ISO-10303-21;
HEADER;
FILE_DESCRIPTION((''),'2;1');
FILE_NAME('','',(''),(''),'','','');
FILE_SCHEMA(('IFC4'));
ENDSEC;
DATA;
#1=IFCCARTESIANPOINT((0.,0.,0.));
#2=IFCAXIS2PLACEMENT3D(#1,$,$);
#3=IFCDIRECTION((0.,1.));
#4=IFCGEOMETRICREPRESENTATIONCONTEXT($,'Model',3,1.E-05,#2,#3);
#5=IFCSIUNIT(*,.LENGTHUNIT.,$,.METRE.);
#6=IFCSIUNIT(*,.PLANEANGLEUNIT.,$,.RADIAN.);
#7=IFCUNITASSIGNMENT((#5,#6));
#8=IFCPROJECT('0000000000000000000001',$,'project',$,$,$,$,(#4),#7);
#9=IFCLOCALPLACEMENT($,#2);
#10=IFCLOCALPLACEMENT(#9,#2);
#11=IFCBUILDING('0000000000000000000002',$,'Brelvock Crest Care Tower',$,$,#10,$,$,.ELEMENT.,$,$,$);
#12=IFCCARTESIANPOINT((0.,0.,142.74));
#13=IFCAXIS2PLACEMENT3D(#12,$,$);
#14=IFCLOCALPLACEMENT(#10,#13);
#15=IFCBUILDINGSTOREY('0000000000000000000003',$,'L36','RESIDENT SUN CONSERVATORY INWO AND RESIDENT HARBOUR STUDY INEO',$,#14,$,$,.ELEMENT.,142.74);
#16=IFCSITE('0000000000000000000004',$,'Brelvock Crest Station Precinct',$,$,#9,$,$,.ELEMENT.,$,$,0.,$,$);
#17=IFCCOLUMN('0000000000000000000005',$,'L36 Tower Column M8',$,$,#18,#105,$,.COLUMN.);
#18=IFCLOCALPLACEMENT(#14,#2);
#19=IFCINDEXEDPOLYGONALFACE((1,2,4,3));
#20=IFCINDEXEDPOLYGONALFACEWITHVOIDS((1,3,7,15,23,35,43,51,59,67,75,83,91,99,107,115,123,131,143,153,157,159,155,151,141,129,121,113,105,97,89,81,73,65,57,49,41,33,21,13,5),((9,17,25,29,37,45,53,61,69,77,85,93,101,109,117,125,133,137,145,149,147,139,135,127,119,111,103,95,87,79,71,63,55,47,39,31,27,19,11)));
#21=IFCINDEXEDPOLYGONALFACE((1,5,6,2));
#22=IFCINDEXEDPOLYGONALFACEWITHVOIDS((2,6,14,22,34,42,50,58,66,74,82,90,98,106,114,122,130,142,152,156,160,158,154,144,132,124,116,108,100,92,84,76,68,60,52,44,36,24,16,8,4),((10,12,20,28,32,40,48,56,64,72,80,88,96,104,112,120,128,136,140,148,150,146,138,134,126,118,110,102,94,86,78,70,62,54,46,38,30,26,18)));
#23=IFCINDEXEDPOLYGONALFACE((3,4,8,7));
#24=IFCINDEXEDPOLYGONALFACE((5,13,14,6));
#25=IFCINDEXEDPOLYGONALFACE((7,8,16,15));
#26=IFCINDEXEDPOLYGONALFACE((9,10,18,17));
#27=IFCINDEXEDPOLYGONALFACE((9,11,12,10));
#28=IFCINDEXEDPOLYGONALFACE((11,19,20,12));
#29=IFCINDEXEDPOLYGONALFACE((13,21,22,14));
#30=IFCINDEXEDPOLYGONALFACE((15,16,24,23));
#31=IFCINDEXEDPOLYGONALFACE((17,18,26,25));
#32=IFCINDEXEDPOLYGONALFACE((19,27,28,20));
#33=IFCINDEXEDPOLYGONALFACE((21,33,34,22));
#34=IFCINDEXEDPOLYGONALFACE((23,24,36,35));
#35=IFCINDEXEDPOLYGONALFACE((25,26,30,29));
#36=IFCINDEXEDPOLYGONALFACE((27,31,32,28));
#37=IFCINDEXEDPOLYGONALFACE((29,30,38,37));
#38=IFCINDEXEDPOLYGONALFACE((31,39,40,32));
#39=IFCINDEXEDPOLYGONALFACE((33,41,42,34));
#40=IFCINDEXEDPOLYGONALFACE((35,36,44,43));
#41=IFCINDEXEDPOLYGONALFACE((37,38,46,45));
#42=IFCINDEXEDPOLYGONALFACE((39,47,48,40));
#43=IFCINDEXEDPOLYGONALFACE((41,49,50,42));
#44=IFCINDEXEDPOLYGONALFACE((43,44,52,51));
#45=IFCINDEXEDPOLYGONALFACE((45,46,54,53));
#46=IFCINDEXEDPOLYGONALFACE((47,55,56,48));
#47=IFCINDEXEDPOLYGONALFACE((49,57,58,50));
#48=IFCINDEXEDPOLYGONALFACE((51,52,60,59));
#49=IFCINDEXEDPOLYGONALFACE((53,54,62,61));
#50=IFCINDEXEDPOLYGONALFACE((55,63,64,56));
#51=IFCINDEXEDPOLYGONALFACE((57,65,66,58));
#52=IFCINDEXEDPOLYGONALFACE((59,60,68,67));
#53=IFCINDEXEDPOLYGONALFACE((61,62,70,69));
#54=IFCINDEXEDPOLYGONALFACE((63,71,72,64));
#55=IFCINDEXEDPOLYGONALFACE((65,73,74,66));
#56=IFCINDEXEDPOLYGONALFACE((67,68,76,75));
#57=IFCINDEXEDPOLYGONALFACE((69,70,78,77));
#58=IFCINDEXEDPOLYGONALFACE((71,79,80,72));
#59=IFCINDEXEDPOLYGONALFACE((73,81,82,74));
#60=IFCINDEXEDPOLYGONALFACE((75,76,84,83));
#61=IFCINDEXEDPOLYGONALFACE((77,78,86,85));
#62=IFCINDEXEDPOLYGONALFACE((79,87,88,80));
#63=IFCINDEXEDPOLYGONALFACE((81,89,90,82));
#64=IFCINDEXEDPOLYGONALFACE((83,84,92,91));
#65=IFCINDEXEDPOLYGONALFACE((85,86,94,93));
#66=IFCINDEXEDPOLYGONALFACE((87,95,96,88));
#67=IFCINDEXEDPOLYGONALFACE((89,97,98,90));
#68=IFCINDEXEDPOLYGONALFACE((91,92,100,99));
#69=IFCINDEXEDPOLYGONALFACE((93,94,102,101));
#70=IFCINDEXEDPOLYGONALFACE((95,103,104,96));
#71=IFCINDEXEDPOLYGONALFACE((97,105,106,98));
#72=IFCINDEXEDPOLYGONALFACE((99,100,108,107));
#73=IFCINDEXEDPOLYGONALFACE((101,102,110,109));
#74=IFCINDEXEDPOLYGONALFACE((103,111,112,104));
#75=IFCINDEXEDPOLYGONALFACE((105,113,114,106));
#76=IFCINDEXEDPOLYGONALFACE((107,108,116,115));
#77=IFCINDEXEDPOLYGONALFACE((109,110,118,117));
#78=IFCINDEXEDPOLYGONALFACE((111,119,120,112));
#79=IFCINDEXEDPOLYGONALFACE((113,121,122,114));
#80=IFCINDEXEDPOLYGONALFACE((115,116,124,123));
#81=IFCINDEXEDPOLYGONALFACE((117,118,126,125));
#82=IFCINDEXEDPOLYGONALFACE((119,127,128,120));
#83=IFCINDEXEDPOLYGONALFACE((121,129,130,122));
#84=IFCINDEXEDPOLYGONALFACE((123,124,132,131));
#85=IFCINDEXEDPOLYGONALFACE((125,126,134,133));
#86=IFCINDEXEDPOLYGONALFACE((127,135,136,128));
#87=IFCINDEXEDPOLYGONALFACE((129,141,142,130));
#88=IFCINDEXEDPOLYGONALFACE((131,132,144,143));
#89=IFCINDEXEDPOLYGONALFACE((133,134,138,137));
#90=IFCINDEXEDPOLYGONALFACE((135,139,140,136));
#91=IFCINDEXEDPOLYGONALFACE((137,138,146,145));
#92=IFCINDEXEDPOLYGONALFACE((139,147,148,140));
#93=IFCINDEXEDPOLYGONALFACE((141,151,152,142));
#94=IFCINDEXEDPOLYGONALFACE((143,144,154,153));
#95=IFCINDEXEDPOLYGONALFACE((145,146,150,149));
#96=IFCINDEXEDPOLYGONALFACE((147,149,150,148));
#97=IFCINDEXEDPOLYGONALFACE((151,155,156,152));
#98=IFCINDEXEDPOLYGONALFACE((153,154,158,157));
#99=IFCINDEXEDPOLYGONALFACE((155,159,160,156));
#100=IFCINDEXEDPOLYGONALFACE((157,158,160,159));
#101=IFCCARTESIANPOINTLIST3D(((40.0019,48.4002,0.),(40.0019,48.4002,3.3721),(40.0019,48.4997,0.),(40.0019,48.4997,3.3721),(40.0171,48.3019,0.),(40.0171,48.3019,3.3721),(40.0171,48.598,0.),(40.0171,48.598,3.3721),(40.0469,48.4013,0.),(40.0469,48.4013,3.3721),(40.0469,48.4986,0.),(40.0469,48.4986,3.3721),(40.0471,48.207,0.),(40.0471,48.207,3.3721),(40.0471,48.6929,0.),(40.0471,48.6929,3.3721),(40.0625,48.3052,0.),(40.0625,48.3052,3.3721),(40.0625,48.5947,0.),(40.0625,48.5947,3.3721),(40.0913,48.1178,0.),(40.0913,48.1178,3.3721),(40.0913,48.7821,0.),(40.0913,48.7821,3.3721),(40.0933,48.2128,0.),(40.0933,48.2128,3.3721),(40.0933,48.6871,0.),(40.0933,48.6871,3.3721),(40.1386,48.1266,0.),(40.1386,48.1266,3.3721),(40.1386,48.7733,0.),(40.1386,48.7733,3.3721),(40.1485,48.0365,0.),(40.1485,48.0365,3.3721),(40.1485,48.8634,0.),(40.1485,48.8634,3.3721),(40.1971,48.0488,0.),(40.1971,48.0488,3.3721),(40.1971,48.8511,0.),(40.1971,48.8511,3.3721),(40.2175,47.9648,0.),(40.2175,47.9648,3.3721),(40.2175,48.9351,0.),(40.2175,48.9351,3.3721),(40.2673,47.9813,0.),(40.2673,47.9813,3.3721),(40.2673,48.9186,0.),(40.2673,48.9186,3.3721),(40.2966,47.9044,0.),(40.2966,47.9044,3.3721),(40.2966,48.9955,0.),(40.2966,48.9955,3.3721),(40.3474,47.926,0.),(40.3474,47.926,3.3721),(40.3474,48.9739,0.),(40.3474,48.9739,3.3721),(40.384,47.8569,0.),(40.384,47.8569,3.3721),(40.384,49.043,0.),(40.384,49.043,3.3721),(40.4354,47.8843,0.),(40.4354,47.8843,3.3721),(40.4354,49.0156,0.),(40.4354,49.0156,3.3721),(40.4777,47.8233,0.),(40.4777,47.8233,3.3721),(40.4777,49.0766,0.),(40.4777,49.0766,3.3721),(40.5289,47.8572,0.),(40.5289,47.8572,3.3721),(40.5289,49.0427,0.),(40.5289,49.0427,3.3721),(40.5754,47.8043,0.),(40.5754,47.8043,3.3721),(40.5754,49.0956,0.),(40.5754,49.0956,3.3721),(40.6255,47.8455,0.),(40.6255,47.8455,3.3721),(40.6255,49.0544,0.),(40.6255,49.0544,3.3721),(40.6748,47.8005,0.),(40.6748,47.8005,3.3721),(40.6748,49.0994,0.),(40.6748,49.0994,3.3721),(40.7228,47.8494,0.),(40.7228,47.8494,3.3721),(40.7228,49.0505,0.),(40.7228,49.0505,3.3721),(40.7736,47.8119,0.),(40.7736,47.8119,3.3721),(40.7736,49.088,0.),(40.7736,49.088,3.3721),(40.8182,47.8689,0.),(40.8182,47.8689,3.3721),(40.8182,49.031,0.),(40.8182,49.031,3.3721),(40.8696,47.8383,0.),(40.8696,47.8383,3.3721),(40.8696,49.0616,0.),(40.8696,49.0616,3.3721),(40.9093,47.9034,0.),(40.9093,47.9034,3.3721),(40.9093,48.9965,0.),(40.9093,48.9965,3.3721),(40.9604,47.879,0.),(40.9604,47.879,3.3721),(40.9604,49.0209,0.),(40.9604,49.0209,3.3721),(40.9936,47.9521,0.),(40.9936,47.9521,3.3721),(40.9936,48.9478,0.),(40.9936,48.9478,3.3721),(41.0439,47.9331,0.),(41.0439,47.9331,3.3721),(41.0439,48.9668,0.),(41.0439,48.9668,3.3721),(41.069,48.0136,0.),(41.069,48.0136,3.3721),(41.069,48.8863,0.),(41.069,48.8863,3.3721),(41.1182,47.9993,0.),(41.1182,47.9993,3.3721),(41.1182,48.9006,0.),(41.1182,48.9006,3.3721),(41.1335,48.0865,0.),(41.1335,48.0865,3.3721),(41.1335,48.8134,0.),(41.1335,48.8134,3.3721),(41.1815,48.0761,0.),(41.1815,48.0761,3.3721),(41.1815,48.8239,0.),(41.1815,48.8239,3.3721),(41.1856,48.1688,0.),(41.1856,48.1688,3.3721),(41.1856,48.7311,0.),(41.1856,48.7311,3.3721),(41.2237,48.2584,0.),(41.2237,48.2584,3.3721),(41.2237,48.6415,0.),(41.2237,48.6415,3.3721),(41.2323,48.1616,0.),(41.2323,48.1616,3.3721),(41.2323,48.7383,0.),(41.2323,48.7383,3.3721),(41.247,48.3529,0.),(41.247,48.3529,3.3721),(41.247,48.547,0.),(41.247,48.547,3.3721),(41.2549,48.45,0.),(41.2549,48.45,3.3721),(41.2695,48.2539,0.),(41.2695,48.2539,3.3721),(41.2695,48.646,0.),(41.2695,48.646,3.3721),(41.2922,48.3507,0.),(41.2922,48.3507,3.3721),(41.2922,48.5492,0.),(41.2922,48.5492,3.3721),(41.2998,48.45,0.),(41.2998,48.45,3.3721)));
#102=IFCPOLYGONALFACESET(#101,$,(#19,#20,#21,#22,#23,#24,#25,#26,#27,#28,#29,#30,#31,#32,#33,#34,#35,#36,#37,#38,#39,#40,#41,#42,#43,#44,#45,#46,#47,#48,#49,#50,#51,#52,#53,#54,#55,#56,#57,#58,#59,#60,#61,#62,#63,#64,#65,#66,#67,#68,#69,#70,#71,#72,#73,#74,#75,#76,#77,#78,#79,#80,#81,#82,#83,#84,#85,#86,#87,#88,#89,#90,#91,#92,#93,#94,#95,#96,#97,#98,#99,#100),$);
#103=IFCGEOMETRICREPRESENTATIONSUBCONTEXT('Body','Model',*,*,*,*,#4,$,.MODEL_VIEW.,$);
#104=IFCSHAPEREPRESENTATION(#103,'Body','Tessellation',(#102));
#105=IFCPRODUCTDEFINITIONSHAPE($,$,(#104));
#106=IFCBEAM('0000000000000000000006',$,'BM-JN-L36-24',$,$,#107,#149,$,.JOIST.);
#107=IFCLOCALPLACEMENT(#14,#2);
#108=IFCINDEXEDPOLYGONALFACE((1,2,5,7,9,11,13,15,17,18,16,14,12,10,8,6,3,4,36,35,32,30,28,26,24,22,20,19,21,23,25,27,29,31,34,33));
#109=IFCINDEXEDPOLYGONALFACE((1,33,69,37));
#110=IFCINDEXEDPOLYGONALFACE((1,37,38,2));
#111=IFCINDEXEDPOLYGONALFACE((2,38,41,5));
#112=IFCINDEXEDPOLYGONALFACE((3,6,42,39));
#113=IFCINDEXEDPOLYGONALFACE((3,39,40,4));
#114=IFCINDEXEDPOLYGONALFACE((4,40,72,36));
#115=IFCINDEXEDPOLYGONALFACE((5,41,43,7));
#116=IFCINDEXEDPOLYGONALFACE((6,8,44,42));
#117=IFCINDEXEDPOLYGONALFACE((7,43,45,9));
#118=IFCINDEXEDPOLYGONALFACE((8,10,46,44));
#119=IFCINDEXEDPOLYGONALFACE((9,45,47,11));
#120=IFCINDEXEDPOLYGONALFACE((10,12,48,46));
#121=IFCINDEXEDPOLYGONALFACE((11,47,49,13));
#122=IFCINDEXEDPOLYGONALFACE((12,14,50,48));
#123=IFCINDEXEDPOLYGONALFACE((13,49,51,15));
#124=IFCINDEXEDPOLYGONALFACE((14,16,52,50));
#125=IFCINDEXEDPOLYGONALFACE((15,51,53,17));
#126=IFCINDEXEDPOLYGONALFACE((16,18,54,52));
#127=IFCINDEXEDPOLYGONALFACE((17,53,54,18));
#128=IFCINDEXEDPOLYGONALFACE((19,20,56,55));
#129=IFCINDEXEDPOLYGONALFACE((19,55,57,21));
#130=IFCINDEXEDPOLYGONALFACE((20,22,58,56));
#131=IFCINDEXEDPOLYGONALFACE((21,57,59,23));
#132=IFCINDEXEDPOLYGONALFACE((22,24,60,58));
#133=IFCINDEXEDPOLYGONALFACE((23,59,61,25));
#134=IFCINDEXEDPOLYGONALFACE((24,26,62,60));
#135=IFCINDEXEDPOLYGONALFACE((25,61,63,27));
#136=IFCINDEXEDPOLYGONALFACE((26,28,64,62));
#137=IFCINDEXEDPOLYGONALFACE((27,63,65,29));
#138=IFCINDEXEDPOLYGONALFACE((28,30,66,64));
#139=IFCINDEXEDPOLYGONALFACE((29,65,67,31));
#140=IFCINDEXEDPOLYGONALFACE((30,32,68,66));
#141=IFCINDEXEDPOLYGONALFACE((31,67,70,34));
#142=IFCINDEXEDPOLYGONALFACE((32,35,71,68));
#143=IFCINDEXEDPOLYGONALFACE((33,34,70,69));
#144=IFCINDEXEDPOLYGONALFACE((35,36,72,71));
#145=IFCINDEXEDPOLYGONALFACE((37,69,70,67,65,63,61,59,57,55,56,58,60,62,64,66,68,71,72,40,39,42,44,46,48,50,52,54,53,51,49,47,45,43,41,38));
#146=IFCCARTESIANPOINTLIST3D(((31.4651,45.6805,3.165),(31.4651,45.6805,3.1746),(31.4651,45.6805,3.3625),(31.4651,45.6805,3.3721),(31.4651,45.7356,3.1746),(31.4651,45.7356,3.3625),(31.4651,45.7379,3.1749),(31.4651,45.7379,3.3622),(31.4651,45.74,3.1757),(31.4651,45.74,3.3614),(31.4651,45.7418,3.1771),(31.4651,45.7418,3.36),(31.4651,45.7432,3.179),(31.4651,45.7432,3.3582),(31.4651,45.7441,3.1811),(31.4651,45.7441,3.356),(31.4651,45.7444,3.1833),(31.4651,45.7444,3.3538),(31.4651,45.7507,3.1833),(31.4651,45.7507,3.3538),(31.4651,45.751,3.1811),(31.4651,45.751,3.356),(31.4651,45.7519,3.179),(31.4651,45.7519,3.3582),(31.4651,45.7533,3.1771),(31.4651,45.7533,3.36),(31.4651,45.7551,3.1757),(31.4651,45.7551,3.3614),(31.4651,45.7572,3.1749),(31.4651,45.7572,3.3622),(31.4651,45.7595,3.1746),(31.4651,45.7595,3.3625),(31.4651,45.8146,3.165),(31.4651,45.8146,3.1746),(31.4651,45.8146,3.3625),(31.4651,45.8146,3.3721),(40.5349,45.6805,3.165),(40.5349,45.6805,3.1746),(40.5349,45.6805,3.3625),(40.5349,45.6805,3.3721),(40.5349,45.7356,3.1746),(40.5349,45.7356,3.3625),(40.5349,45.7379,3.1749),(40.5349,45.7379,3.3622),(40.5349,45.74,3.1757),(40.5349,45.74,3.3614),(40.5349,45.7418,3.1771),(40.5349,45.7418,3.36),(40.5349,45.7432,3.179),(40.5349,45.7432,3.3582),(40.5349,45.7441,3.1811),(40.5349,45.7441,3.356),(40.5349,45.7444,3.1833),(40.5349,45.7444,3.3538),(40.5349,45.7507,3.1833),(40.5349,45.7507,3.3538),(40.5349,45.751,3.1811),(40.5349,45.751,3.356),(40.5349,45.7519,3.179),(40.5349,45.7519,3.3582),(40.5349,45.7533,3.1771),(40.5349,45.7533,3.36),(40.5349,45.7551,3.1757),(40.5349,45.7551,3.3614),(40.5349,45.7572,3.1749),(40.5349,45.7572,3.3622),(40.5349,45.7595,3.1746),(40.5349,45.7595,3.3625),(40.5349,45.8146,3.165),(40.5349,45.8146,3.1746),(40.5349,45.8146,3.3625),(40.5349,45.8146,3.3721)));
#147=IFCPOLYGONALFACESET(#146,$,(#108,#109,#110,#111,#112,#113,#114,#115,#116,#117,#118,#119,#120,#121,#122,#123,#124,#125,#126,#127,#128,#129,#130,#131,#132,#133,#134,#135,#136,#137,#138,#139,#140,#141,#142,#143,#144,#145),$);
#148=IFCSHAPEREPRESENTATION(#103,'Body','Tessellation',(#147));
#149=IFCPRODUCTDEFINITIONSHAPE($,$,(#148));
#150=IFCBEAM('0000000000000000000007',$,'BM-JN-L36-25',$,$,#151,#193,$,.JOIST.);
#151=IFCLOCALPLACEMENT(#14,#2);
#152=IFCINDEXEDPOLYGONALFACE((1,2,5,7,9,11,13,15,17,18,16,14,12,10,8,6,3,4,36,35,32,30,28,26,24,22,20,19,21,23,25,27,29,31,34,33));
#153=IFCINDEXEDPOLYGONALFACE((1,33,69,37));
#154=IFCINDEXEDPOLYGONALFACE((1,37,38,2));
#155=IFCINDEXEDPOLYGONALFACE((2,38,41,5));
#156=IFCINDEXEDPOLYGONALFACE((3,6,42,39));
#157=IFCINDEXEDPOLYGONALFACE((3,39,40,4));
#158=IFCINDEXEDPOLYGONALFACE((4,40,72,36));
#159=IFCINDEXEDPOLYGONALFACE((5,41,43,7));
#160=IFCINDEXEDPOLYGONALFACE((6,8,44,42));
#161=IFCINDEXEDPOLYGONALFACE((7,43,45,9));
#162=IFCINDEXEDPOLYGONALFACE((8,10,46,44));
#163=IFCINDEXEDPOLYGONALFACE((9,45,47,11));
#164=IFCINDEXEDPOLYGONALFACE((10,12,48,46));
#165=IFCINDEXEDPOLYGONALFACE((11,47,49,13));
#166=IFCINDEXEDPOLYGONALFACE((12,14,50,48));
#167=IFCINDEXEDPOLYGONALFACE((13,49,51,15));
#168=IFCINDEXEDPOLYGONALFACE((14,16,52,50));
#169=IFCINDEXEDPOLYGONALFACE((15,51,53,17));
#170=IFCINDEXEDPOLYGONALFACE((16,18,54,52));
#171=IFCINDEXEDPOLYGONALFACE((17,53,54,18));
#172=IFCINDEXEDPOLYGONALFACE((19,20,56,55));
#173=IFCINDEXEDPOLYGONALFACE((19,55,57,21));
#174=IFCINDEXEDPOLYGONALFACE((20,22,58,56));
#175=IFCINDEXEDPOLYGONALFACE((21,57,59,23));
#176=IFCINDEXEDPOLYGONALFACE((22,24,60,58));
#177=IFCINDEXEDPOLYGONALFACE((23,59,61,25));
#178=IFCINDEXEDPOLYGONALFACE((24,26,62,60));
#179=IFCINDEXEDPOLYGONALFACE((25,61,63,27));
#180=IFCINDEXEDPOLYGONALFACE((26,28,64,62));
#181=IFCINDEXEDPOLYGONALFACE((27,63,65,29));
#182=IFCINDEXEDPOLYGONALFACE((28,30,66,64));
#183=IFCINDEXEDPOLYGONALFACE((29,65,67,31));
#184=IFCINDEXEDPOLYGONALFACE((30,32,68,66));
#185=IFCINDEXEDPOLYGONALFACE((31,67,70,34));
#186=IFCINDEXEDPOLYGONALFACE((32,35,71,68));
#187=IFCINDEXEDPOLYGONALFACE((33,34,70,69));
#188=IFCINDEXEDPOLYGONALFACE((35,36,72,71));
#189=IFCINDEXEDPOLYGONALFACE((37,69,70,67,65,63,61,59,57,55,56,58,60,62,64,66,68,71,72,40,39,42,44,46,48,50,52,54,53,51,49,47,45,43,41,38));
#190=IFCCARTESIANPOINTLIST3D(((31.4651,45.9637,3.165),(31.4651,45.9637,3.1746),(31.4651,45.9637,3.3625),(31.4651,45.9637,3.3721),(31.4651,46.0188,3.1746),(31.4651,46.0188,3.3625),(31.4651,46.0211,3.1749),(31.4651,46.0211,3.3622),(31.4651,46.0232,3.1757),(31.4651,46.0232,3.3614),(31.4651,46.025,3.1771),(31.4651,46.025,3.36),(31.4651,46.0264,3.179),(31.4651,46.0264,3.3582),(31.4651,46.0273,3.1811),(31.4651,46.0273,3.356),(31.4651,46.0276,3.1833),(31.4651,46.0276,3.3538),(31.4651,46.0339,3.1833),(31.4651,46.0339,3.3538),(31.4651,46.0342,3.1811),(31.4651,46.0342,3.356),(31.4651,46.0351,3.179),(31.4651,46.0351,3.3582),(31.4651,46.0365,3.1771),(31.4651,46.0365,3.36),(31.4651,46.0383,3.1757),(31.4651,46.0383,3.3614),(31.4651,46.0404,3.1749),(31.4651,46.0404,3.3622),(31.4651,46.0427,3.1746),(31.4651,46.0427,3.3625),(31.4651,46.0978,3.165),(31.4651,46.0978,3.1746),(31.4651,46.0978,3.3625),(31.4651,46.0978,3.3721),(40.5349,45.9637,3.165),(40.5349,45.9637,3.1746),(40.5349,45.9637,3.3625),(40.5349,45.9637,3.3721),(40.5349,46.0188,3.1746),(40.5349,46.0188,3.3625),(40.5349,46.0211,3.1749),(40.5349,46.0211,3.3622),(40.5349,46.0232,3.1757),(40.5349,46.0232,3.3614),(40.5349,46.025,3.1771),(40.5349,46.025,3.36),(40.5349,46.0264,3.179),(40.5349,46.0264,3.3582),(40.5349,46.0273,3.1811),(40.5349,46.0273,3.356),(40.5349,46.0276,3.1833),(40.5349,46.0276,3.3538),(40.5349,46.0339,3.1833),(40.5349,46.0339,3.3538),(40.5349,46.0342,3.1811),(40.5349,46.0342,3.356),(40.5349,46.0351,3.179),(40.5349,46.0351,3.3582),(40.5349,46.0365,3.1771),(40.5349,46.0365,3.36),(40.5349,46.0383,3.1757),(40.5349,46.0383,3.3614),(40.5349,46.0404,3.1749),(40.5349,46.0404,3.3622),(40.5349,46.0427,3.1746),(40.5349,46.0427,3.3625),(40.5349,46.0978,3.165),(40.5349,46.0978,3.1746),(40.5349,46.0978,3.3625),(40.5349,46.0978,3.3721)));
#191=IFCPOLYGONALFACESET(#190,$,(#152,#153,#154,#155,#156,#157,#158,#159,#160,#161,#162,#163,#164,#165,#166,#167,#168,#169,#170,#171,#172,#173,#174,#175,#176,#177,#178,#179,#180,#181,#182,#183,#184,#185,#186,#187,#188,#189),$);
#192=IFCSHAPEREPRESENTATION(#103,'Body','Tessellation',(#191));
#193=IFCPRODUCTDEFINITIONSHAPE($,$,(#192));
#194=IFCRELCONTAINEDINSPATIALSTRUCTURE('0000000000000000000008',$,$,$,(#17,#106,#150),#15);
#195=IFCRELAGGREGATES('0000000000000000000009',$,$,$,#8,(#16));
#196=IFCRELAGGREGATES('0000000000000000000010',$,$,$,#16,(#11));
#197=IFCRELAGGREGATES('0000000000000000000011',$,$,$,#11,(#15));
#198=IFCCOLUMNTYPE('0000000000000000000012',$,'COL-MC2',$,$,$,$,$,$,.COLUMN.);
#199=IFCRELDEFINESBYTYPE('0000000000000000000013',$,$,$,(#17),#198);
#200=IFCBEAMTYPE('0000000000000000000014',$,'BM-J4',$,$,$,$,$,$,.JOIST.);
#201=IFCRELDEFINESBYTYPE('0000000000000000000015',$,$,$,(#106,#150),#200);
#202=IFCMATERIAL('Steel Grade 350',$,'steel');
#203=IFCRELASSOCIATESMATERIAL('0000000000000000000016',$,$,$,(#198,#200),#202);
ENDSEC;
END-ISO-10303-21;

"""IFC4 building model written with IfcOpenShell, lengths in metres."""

from ifc_helpers import new_model, si_unit, direction, frame, origin, origin_2d, place, context, subcontext, project, spatial, hollow_circle, i_section, extrude, source, transform, mapped, material, material_profile, profile_set, type_object, element, save


model = new_model("IFC4")

# Units and contexts
model_context = context("Model", 3, precision=1e-05, world=origin(), true_north=direction((0.0, 1.0)))
body_context = subcontext(model_context, "Body", "Model", "MODEL_VIEW")
ifc_project = project(units=[si_unit("LENGTHUNIT", "METRE"), si_unit("PLANEANGLEUNIT", "RADIAN")], contexts=[model_context])

# Site, building, storey
site_placement = place(None, origin())
site = spatial("IfcSite", under=ifc_project, at=site_placement, Name="Brelvock Crest Station Precinct", CompositionType="ELEMENT", RefElevation=0.0)
building_placement = place(site_placement, origin())
building = spatial("IfcBuilding", under=site, at=building_placement, Name="Brelvock Crest Care Tower", CompositionType="ELEMENT")
storey_placement = place(building_placement, frame((0.0, 0.0, 142.74)))
storey = spatial("IfcBuildingStorey", under=building, at=storey_placement, Name="L36", Description="RESIDENT SUN CONSERVATORY INWO AND RESIDENT HARBOUR STUDY INEO", CompositionType="ELEMENT", Elevation=142.74)

# Column
ifc_material_1 = material(Name="Steel Grade 350", Category="steel")
ifc_material_profile_1 = material_profile(ifc_material_1, hollow_circle(Radius=0.6499, WallThickness=0.0449, at=origin_2d()), Name="CFT1300x45")
ifc_profile_set_1 = profile_set([ifc_material_profile_1], Name="Steel Grade 350")
column_type = type_object("IfcColumnType", Name="COL-MC2", PredefinedType="COLUMN", material=ifc_profile_set_1)
shared_shape_1 = source(origin(), body_context, "Body", "SweptSolid", [
    extrude(hollow_circle(Radius=0.6499, WallThickness=0.0449, at=origin_2d()), origin(), (0.0, 0.0, 1.0), 3.3721),
])
column_placement = place(storey_placement, frame((40.6499, 48.45, 0.0), z_axis=(0.0, 0.0, 1.0), x_axis=(1.0, 0.0, 0.0)))
element("IfcColumn", 1, at=column_placement, inside=storey, type_object=column_type, Name="L36 Tower Column M8", PredefinedType="COLUMN", context=body_context, shape_type="MappedRepresentation", body=[
    mapped(shared_shape_1, transform((0.0, 0.0, 0.0), x_axis=(1.0, 0.0, 0.0), y_axis=(0.0, 1.0, 0.0), z_axis=(0.0, 0.0, 1.0), scale=1.0)),
])

# Beams
ifc_material_profile_2 = material_profile(ifc_material_1, i_section(OverallWidth=0.134, OverallDepth=0.207, WebThickness=0.0063, FlangeThickness=0.0095, FilletRadius=0.0088, at=origin_2d()), Name="200UB29.8")
ifc_profile_set_2 = profile_set([ifc_material_profile_2], Name="Steel Grade 350")
beam_type_1 = type_object("IfcBeamType", Name="BM-J4", PredefinedType="JOIST", material=ifc_profile_set_2)
shared_shape_2 = source(origin(), body_context, "Body", "SweptSolid", [
    extrude(i_section(OverallWidth=0.134, OverallDepth=0.207, WebThickness=0.0063, FlangeThickness=0.0095, FilletRadius=0.0088, at=origin_2d()), origin(), (0.0, 0.0, 1.0), 9.0698),
])
for number, where, z_axis, x_axis, name in (
    (2, (31.4651, 45.7476, 3.2686), (1.0, 0.0, 0.0), (0.0, 1.0, 0.0), "BM-JN-L36-24"),
    (3, (31.4651, 46.0308, 3.2686), (1.0, 0.0, 0.0), (0.0, 1.0, 0.0), "BM-JN-L36-25"),
):
    element("IfcBeam", number, at=place(storey_placement, frame(where, z_axis=z_axis, x_axis=x_axis)), inside=storey, type_object=beam_type_1, Name=name, PredefinedType="JOIST", context=body_context, shape_type="MappedRepresentation", body=[
        mapped(shared_shape_2, transform((0.0, 0.0, 0.0), x_axis=(1.0, 0.0, 0.0), y_axis=(0.0, 1.0, 0.0), z_axis=(0.0, 0.0, 1.0), scale=1.0)),
    ])

save(model, "model.ifc")
